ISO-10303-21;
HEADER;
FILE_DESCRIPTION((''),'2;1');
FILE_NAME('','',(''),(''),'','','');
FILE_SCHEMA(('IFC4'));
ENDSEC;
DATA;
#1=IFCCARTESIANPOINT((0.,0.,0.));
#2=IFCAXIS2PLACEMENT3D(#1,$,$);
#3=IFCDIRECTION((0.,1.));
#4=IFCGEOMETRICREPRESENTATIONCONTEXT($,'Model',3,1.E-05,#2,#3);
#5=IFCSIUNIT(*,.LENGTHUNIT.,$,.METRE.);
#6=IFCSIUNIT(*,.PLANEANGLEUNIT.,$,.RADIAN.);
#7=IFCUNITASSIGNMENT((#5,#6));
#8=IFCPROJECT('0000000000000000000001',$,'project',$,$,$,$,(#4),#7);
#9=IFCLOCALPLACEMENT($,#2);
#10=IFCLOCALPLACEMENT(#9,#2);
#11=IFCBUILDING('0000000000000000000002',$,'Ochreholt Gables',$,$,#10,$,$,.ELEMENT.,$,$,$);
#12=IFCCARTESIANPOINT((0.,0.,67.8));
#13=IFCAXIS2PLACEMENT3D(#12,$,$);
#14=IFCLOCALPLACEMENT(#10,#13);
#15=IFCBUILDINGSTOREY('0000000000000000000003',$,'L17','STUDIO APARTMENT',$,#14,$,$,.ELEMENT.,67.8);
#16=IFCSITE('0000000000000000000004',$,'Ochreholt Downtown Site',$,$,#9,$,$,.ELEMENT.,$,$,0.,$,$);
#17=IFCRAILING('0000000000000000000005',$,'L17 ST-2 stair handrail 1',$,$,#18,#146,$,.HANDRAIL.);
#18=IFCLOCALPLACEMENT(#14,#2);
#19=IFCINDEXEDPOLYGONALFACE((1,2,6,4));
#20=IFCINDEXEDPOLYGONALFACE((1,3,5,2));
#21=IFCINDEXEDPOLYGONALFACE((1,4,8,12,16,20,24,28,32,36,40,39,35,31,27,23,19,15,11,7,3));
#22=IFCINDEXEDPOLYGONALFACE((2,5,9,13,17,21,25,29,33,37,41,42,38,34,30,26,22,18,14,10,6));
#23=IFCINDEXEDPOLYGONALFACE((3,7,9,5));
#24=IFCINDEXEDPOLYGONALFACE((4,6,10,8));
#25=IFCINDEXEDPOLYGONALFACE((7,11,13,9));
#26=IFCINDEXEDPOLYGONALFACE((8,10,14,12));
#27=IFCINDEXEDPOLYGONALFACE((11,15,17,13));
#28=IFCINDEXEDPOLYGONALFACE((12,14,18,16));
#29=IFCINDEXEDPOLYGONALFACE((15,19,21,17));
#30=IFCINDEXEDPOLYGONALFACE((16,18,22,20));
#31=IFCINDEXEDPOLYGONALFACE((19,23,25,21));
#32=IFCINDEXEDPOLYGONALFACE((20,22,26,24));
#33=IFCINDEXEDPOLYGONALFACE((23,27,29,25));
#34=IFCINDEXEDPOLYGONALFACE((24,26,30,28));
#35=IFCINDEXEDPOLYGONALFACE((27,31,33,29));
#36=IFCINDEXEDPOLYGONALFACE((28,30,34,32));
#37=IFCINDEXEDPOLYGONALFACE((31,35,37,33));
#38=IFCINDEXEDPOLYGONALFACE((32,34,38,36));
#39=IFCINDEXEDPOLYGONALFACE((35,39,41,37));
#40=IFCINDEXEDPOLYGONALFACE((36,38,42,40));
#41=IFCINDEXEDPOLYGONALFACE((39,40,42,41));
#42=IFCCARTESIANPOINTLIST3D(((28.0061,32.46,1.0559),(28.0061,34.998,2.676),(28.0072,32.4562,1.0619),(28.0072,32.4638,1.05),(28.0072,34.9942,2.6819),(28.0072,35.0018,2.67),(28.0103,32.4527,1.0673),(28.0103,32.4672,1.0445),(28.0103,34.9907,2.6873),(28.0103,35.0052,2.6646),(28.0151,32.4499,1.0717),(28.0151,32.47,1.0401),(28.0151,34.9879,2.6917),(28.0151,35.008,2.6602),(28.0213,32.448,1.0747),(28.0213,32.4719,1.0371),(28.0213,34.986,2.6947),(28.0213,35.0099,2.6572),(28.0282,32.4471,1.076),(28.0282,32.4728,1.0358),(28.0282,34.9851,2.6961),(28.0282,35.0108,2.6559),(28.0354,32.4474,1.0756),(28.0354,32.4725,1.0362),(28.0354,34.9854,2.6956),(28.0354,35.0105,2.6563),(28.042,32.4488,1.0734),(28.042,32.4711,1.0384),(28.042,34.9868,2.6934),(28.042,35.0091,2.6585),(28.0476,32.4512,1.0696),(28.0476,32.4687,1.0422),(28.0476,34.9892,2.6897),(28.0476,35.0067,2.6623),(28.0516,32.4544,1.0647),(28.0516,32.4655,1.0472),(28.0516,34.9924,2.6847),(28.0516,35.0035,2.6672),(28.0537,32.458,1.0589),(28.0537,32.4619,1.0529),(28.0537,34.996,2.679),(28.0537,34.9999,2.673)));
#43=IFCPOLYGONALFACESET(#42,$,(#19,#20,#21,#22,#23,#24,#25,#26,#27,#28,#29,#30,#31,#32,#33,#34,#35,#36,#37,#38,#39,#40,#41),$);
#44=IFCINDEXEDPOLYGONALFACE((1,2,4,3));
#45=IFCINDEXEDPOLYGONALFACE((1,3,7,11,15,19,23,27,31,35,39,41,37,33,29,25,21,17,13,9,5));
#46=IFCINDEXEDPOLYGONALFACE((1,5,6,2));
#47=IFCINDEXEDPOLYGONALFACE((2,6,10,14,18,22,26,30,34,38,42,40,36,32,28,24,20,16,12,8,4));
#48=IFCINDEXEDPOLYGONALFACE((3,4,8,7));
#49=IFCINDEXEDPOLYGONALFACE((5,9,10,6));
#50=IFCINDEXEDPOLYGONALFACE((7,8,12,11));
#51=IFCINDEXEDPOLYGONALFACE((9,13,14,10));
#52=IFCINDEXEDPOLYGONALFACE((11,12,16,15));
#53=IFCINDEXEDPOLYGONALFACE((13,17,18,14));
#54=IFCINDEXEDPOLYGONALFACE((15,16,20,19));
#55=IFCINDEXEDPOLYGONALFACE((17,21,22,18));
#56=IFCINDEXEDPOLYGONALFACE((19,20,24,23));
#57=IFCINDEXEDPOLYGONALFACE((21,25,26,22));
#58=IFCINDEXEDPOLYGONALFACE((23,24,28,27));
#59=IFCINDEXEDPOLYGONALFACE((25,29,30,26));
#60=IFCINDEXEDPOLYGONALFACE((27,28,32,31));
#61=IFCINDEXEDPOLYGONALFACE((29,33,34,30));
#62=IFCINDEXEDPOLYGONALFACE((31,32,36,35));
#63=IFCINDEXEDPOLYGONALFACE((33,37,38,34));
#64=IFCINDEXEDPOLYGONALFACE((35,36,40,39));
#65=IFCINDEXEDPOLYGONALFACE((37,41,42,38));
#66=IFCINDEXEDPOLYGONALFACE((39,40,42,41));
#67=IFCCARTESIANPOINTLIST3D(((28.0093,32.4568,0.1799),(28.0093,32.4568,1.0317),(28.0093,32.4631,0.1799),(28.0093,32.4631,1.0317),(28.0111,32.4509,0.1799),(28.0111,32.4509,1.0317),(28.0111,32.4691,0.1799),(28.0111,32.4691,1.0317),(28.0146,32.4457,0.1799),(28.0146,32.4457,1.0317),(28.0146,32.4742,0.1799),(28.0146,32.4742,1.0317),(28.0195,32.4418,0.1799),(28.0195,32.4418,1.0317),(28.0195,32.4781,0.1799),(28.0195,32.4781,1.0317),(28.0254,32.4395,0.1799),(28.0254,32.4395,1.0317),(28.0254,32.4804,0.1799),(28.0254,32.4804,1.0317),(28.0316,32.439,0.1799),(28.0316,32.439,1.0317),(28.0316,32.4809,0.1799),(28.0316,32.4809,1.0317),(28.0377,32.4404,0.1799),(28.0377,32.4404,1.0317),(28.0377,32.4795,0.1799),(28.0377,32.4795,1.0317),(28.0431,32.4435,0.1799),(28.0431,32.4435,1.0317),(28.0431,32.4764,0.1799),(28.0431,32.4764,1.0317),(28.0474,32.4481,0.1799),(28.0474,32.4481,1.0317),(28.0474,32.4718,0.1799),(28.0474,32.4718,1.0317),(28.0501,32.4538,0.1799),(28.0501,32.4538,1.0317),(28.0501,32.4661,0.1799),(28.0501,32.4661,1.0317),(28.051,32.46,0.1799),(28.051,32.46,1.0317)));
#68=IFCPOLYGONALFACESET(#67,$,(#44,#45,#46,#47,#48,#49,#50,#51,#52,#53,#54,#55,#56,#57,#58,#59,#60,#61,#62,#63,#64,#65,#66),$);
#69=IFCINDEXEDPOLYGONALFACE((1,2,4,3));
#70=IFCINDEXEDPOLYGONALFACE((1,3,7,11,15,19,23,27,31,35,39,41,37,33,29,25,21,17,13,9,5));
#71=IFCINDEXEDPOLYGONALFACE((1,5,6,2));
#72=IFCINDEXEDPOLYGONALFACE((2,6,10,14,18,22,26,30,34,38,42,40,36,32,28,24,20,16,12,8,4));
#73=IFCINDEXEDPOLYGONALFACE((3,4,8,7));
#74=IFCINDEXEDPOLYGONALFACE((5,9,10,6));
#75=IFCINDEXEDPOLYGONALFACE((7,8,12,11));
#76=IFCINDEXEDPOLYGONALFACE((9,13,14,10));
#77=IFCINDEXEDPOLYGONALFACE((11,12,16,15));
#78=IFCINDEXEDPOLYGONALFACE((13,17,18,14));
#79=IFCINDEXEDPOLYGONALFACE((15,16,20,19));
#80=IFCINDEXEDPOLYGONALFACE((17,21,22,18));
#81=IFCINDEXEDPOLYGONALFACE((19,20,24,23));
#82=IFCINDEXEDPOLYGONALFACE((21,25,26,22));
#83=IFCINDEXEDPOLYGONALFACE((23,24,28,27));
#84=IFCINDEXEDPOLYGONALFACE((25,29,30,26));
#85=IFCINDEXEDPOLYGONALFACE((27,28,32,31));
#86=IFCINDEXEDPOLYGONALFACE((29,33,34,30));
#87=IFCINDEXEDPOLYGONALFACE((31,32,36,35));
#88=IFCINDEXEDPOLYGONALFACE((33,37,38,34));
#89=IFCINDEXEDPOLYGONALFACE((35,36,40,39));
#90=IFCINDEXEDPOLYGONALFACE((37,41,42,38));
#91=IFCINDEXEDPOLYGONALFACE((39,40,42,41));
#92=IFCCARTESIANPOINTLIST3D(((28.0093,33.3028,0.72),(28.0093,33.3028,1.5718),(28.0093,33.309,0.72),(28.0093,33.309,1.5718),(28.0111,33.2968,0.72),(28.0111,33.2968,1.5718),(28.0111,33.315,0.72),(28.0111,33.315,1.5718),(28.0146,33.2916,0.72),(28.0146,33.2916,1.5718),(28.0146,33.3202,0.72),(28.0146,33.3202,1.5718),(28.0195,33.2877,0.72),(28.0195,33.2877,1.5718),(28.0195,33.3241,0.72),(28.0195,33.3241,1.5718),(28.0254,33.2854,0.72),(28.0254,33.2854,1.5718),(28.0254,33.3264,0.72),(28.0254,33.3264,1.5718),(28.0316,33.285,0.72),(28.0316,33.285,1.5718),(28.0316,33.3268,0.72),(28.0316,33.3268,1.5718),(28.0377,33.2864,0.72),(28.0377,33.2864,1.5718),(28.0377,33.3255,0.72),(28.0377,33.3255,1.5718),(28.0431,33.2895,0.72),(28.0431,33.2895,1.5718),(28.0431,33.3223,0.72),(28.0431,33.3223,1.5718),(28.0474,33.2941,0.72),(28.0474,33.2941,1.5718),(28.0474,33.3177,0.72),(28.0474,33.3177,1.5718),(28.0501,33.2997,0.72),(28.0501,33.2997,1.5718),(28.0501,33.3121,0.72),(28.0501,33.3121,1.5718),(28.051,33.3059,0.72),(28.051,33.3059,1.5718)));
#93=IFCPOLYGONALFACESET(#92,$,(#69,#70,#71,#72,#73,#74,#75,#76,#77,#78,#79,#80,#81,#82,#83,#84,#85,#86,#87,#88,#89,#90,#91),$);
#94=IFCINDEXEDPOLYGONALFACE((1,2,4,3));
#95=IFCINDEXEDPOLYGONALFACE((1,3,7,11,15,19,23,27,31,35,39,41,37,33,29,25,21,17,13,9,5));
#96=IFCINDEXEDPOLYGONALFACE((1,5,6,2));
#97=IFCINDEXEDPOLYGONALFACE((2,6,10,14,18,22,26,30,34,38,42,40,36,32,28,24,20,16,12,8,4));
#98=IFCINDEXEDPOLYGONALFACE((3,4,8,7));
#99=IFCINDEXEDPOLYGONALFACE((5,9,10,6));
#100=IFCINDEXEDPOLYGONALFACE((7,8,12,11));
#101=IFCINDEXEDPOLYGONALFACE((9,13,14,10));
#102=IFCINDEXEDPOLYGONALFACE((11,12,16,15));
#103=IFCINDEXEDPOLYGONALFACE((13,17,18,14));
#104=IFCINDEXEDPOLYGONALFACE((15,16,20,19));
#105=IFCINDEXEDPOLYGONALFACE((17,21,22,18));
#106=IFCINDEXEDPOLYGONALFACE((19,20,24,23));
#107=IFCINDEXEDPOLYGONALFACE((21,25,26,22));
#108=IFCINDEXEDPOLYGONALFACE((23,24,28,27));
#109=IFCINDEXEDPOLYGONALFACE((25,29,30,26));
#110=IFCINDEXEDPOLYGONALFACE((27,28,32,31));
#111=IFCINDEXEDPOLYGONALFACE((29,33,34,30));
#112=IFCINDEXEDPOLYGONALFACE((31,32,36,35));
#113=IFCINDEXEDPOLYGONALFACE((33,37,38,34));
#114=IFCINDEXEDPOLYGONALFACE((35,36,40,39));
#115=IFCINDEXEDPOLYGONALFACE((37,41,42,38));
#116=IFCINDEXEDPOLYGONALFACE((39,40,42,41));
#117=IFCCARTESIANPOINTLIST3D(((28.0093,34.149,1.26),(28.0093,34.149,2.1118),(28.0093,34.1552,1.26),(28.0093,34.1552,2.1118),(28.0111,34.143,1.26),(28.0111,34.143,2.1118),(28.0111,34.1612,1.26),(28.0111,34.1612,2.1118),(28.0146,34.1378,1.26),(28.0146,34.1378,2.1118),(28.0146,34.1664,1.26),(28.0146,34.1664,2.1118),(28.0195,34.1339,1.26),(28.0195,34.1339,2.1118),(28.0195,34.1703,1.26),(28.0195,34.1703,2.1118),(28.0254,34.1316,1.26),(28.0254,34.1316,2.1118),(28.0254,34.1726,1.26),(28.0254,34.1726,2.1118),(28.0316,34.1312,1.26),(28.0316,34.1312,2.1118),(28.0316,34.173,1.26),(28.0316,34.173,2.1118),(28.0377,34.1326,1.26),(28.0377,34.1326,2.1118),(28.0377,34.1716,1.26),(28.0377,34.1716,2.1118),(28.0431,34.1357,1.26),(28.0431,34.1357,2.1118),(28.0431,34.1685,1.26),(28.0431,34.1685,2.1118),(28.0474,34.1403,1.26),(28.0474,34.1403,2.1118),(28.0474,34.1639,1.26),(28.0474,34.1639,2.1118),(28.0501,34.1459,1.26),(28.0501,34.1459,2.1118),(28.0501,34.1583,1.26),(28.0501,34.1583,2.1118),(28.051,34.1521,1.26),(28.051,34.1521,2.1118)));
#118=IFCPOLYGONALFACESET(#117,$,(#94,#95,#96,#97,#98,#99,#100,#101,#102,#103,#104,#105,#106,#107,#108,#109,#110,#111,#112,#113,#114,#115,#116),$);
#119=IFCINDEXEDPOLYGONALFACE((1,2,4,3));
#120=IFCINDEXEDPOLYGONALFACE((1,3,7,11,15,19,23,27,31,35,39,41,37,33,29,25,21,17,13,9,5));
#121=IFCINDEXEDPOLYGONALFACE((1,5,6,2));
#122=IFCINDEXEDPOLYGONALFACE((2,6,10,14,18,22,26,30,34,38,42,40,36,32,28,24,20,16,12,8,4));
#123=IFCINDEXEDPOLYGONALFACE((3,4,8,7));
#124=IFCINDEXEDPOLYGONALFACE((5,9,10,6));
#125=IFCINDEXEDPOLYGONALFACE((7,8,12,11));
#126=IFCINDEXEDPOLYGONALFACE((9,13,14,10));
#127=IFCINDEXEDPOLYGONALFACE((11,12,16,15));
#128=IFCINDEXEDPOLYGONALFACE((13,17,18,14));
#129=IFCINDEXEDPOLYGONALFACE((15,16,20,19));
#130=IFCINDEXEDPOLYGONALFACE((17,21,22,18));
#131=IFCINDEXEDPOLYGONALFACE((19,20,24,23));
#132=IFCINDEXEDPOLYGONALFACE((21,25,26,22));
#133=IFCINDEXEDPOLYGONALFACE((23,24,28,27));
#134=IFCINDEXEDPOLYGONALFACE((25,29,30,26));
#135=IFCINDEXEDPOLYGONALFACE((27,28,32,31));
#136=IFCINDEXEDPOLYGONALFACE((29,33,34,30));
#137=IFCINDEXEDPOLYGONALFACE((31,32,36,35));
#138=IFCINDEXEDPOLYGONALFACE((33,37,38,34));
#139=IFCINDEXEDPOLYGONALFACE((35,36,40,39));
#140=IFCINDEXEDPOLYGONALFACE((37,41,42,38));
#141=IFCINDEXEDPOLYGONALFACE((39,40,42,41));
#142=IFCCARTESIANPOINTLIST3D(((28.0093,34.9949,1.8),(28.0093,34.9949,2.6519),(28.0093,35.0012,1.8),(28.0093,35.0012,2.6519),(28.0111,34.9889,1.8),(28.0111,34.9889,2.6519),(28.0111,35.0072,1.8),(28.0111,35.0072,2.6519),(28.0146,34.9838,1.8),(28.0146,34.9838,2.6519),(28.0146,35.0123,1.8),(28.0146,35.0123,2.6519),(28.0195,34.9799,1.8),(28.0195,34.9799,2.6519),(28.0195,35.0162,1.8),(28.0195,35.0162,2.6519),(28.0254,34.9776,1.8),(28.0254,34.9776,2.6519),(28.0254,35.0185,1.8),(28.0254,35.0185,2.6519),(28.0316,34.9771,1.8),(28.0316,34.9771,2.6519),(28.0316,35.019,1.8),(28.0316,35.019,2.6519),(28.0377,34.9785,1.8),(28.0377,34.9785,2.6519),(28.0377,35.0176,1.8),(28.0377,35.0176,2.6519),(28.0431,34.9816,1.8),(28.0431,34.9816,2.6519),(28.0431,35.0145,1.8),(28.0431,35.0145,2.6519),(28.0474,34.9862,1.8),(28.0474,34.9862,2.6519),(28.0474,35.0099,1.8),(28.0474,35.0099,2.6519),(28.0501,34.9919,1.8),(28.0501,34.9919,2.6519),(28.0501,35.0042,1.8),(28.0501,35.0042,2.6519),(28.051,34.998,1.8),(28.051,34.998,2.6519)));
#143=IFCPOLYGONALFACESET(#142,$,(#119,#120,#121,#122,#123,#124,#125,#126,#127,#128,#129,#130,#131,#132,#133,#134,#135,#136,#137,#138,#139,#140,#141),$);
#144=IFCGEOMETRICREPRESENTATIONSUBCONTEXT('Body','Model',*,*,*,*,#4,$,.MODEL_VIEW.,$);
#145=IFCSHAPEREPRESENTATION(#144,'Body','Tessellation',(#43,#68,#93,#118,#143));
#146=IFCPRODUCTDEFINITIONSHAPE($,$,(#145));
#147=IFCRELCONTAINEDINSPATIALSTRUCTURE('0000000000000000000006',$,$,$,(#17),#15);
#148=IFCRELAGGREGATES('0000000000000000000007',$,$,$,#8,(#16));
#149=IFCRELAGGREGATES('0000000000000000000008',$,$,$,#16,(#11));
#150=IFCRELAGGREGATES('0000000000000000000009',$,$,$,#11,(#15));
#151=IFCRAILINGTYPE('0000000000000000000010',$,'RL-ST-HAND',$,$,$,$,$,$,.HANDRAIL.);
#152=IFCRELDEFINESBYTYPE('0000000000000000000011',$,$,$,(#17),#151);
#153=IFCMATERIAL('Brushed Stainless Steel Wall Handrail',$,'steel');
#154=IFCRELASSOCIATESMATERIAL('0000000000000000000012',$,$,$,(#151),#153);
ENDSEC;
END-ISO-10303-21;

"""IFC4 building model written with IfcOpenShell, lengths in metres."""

from ifc_helpers import new_model, si_unit, direction, frame, origin, origin_2d, place, context, subcontext, project, spatial, circle, extrude, material, type_object, element, save


model = new_model("IFC4")

# Units and contexts
model_context = context("Model", 3, precision=1e-05, world=origin(), true_north=direction((0.0, 1.0)))
body_context = subcontext(model_context, "Body", "Model", "MODEL_VIEW")
ifc_project = project(units=[si_unit("LENGTHUNIT", "METRE"), si_unit("PLANEANGLEUNIT", "RADIAN")], contexts=[model_context])

# Site, building, storey
site_placement = place(None, origin())
site = spatial("IfcSite", under=ifc_project, at=site_placement, Name="Ochreholt Downtown Site", CompositionType="ELEMENT", RefElevation=0.0)
building_placement = place(site_placement, origin())
building = spatial("IfcBuilding", under=site, at=building_placement, Name="Ochreholt Gables", CompositionType="ELEMENT")
storey_placement = place(building_placement, frame((0.0, 0.0, 67.8)))
storey = spatial("IfcBuildingStorey", under=building, at=storey_placement, Name="L17", Description="STUDIO APARTMENT", CompositionType="ELEMENT", Elevation=67.8)

# Railing
ifc_material_1 = material(Name="Brushed Stainless Steel Wall Handrail", Category="steel")
railing_type_1 = type_object("IfcRailingType", Name="RL-ST-HAND", PredefinedType="HANDRAIL", material=ifc_material_1)
railing_1_placement = place(storey_placement, frame((28.03, 32.46, 0.1799)))
element("IfcRailing", 1, at=railing_1_placement, inside=storey, type_object=railing_type_1, Name="L17 ST-2 stair handrail 1", PredefinedType="HANDRAIL", context=body_context, shape_type="SweptSolid", body=[
    extrude(circle(Radius=0.0239, at=origin_2d()), frame((0.0, 0.0, 0.876), z_axis=(0.0, 0.842913, 0.53805), x_axis=(-1.0, 0.0, 0.0)), (0.0, 0.0, 1.0), 3.011),
    extrude(circle(Radius=0.021, at=origin_2d()), origin(), (0.0, 0.0, 1.0), 0.8518),
    extrude(circle(Radius=0.021, at=origin_2d()), frame((0.0, 0.8459, 0.54)), (0.0, 0.0, 1.0), 0.8518),
    extrude(circle(Radius=0.021, at=origin_2d()), frame((0.0, 1.6921, 1.0801)), (0.0, 0.0, 1.0), 0.8518),
    extrude(circle(Radius=0.021, at=origin_2d()), frame((0.0, 2.5381, 1.6201)), (0.0, 0.0, 1.0), 0.8518),
])

save(model, "model.ifc")
